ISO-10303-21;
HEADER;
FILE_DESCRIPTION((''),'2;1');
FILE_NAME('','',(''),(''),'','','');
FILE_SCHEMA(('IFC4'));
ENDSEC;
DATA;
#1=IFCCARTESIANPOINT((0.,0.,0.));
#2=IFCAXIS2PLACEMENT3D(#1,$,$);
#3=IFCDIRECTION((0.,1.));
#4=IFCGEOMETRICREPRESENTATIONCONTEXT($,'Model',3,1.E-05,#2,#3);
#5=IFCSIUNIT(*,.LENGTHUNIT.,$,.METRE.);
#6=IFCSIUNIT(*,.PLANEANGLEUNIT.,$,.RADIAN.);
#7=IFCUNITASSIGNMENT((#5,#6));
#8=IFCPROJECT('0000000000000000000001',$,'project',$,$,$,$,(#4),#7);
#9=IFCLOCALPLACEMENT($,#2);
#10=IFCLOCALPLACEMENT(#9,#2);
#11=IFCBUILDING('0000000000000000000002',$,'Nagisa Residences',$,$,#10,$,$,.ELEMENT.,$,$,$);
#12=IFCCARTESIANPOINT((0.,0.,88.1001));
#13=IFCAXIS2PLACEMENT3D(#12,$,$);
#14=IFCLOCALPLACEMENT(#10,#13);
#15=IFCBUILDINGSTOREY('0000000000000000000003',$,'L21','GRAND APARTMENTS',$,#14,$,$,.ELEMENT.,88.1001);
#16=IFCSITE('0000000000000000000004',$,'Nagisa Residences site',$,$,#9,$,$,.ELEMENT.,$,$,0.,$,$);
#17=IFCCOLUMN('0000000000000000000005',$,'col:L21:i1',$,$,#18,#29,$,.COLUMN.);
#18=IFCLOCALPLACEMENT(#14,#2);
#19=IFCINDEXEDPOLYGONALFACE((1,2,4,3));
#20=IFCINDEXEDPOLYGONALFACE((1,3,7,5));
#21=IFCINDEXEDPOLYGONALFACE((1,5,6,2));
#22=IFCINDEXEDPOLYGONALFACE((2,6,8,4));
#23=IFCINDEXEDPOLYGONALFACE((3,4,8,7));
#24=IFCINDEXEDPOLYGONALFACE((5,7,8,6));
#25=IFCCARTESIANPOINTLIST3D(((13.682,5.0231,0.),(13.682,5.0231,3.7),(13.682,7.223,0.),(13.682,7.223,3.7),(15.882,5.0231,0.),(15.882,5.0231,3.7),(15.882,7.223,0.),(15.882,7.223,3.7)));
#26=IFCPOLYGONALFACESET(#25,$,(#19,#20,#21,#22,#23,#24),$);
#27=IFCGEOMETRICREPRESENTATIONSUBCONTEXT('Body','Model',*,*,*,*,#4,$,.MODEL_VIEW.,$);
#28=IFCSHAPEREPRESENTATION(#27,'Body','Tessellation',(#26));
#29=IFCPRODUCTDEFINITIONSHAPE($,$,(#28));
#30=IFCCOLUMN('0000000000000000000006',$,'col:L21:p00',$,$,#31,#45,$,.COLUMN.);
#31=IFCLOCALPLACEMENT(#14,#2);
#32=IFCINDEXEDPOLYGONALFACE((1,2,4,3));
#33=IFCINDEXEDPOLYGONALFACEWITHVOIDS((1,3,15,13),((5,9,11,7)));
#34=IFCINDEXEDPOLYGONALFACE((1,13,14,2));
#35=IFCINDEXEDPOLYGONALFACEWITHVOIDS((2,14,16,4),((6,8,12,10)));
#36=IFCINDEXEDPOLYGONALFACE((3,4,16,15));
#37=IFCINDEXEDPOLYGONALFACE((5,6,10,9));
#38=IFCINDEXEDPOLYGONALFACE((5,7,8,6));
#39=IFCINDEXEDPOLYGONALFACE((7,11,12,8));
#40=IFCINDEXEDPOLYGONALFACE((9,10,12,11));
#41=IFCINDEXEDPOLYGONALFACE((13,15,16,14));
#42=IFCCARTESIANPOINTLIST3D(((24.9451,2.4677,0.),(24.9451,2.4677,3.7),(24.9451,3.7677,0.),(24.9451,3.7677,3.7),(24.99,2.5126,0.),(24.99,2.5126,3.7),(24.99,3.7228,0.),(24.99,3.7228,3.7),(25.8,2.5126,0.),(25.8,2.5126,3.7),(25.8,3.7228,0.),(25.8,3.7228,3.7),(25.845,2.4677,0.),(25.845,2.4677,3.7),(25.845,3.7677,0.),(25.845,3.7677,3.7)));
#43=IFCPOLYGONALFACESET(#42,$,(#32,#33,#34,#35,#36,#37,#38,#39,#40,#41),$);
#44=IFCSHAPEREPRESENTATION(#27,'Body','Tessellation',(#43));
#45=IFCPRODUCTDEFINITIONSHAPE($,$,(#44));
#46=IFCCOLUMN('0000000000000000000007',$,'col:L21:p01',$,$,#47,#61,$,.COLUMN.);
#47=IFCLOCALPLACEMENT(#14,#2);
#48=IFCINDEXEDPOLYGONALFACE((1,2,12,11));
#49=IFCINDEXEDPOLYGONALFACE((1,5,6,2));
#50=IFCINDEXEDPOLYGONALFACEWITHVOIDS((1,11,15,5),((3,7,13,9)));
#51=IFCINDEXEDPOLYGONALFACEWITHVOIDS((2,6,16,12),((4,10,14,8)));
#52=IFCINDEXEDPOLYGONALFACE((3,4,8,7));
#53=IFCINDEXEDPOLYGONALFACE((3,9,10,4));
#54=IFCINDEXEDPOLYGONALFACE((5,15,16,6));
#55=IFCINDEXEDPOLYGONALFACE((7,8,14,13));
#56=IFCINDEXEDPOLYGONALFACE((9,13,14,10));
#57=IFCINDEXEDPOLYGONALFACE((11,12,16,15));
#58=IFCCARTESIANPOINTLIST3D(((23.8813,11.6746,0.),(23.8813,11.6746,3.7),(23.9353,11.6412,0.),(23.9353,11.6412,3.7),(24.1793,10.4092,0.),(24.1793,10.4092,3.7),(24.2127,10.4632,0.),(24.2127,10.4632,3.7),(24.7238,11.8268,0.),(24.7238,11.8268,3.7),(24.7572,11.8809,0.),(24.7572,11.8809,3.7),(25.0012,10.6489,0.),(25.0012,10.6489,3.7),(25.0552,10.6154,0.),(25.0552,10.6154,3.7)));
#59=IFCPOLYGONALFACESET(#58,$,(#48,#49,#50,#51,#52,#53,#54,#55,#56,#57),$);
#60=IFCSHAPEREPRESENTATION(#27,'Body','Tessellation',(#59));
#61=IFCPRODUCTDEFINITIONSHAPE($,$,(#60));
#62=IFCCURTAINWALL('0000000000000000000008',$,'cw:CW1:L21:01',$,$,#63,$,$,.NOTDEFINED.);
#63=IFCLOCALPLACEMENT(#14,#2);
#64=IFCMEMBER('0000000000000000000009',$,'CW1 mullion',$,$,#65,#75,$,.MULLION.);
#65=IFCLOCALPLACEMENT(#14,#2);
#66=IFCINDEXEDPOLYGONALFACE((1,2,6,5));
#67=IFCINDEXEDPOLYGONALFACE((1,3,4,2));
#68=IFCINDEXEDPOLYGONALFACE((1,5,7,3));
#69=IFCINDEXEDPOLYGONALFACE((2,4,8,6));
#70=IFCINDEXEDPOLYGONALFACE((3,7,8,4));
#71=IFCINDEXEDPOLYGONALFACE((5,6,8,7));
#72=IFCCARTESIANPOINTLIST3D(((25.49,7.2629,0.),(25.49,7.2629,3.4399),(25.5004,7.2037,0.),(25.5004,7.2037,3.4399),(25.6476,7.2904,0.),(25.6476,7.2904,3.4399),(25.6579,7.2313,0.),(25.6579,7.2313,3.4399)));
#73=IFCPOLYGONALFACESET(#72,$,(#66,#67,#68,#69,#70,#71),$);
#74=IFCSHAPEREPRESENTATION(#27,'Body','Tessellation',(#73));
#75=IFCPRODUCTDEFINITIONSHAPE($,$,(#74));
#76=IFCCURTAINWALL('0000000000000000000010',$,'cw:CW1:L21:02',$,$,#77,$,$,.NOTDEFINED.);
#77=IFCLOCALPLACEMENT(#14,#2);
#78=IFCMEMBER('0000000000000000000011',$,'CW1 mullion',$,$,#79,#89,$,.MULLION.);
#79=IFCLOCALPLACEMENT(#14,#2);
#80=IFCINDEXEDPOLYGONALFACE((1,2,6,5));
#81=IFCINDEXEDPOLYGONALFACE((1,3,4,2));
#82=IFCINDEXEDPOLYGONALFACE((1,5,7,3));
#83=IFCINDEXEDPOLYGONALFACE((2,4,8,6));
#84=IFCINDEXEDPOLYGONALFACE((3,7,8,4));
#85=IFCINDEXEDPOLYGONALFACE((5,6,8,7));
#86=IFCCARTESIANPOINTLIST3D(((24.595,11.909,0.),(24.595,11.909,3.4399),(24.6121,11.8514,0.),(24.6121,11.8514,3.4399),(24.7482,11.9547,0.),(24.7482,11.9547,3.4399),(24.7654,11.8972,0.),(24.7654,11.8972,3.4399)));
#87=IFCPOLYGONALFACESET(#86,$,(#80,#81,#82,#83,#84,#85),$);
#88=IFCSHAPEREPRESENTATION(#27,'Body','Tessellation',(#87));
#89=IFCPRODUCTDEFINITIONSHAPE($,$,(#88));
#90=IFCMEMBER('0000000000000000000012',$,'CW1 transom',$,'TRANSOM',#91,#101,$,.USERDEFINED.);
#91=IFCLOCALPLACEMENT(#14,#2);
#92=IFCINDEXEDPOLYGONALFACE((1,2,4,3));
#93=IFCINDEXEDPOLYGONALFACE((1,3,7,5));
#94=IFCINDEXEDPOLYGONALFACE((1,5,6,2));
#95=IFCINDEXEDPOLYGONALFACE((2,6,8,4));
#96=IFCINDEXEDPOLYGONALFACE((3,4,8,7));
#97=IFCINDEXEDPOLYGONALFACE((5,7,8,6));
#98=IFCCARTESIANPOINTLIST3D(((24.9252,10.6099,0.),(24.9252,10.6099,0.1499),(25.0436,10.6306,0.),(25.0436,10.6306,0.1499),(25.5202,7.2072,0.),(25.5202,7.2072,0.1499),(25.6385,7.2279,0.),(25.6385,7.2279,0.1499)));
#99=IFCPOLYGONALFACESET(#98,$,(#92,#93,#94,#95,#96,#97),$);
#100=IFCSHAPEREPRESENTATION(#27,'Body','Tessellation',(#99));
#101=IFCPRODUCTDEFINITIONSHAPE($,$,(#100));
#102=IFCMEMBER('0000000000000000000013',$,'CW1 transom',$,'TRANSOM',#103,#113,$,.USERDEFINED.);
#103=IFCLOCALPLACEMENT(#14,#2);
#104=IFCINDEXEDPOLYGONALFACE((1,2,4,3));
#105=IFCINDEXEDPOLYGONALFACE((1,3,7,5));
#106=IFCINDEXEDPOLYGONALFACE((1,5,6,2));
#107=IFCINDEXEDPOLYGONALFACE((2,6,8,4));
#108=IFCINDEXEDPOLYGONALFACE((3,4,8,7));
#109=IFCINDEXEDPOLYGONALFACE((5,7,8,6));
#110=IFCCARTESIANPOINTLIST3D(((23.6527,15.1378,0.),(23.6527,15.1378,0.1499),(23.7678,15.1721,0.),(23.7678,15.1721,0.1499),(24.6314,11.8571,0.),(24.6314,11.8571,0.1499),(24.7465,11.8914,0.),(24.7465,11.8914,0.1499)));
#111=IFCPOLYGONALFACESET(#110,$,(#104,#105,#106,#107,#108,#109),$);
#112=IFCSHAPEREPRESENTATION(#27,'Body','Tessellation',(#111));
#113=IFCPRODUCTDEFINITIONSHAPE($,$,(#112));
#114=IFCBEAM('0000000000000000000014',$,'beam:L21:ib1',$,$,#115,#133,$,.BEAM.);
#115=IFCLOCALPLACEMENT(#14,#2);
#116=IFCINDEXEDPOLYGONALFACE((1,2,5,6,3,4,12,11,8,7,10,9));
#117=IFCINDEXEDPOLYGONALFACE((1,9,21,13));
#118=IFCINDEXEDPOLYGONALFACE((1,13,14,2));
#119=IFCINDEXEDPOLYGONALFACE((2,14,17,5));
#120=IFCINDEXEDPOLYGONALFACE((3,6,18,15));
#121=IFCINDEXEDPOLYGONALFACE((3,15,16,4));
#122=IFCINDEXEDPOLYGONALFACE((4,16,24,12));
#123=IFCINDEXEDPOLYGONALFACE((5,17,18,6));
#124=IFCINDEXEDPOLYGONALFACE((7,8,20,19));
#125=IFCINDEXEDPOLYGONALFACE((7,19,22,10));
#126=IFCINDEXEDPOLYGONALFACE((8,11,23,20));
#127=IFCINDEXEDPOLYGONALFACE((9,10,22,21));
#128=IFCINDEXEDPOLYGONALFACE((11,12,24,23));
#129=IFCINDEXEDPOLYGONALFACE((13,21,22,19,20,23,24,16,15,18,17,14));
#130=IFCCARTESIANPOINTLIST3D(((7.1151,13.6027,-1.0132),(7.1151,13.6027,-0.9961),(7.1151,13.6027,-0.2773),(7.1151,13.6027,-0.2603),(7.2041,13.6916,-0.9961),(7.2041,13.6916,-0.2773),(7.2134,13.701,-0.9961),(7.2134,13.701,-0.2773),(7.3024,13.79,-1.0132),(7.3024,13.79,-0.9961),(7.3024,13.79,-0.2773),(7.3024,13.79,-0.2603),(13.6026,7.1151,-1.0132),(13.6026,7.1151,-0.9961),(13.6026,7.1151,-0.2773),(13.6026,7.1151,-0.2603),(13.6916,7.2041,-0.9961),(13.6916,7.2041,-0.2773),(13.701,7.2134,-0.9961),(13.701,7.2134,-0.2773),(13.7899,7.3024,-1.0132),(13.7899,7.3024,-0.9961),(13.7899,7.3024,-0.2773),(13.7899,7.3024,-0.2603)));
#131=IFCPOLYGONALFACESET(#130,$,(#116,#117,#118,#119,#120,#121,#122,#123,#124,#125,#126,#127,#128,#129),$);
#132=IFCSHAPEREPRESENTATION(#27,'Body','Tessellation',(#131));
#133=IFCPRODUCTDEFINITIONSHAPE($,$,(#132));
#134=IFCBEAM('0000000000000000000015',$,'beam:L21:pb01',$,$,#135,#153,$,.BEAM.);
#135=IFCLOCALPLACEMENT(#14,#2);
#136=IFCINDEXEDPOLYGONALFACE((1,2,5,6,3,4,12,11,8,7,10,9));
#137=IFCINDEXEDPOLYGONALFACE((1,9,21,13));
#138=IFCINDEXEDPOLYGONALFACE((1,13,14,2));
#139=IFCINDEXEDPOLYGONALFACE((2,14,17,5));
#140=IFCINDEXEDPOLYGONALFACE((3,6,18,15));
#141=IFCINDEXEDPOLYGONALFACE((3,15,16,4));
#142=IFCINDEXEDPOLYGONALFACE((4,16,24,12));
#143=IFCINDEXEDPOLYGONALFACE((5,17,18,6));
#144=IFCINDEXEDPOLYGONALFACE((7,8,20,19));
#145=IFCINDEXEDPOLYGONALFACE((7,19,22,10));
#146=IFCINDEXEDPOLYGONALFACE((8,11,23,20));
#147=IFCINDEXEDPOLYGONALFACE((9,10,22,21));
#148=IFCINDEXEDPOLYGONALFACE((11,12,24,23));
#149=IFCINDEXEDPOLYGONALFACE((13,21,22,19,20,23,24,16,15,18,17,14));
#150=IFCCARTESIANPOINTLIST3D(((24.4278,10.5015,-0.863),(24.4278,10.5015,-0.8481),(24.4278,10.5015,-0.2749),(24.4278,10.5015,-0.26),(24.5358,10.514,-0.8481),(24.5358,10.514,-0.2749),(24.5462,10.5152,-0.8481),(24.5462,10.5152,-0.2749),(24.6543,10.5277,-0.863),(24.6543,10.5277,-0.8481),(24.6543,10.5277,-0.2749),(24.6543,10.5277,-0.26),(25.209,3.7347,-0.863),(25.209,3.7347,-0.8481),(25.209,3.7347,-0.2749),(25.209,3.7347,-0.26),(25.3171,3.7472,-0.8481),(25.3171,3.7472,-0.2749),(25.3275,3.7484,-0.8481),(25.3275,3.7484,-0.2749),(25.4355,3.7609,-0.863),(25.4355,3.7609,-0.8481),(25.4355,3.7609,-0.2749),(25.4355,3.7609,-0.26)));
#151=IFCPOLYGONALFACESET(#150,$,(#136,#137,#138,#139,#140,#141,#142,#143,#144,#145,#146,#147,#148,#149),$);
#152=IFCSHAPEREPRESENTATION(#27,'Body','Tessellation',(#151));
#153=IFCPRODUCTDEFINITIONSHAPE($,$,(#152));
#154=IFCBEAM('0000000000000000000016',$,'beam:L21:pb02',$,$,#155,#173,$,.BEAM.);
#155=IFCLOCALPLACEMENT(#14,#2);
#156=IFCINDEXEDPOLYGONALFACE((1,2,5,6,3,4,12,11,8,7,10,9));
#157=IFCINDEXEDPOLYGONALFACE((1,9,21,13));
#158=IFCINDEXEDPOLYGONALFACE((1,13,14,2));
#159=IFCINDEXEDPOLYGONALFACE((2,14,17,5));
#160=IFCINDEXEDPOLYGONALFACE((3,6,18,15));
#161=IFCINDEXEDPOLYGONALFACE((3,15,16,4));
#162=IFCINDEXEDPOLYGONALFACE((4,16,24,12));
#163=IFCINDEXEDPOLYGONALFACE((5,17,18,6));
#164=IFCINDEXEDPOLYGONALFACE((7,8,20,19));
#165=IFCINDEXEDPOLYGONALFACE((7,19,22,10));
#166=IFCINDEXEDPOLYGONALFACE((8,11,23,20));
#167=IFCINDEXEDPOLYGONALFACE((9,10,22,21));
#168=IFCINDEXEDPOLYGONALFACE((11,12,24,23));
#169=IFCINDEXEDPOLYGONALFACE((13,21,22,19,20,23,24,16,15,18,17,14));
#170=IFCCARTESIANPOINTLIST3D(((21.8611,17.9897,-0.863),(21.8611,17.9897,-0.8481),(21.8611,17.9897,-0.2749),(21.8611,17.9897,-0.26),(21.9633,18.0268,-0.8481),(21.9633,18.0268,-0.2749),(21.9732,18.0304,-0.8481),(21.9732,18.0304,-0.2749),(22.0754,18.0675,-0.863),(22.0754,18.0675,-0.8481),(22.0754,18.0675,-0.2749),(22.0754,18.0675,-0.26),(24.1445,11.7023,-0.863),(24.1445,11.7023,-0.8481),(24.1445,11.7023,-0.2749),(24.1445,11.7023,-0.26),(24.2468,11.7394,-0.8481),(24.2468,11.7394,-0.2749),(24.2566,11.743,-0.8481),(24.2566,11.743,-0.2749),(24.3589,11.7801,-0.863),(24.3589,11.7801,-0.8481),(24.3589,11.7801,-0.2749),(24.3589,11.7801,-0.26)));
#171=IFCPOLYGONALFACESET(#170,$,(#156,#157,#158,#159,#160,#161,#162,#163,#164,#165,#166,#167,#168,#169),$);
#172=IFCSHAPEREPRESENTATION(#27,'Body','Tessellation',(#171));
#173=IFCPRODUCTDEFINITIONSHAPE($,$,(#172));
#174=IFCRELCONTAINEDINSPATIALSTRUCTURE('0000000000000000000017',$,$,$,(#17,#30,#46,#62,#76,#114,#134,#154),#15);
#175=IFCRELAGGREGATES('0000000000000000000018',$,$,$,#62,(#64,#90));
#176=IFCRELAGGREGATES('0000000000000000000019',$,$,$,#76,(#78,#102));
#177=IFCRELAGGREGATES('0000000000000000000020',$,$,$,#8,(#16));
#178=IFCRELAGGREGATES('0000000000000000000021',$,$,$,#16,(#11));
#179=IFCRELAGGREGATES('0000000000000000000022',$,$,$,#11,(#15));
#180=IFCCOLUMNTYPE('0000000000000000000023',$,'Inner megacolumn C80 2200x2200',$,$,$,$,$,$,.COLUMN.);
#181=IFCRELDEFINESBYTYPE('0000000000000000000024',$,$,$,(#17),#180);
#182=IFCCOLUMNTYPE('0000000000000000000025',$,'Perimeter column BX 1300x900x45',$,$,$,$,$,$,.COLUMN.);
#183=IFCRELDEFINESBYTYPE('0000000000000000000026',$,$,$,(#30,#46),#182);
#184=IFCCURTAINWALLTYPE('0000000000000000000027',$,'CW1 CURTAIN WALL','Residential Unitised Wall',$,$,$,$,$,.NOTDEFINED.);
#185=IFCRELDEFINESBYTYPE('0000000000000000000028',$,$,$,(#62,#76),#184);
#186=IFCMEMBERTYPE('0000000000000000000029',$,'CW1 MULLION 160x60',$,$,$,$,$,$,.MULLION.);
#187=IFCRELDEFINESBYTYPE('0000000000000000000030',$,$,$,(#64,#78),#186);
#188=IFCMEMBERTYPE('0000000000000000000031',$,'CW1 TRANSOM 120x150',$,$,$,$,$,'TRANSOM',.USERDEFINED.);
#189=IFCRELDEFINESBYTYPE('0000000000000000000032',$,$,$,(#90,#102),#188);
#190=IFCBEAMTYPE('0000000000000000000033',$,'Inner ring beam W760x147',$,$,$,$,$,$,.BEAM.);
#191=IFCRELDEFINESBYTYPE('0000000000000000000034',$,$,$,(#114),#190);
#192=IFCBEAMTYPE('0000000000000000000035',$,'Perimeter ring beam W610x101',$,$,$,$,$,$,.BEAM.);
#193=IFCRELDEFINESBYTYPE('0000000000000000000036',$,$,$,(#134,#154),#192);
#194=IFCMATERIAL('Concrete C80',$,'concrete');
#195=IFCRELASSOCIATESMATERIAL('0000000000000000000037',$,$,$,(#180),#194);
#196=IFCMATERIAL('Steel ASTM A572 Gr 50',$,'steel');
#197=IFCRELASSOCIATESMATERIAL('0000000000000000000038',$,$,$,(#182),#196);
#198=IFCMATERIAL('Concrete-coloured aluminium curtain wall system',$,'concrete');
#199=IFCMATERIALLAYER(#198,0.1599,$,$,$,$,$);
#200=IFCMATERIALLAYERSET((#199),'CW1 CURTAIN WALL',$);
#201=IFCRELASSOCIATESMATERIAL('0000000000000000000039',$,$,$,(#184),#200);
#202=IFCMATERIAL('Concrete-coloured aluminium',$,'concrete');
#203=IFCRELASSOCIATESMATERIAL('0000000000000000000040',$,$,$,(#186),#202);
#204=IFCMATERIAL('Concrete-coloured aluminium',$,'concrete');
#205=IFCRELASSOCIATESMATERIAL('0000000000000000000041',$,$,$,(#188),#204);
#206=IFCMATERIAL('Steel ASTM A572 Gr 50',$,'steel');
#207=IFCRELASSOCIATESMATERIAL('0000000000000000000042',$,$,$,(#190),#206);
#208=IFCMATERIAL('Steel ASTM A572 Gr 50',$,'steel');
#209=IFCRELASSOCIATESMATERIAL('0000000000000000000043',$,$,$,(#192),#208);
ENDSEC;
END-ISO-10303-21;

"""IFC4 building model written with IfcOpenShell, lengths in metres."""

from ifc_helpers import new_model, si_unit, direction, frame, origin, origin_2d, place, context, subcontext, project, spatial, rectangle, hollow_rectangle, i_section, extrude, material, layer, layer_set, material_profile, profile_set, type_object, element, aggregate, save


model = new_model("IFC4")

# Units and contexts
model_context = context("Model", 3, precision=1e-05, world=origin(), true_north=direction((0.0, 1.0)))
body_context = subcontext(model_context, "Body", "Model", "MODEL_VIEW")
ifc_project = project(units=[si_unit("LENGTHUNIT", "METRE"), si_unit("PLANEANGLEUNIT", "RADIAN")], contexts=[model_context])

# Site, building, storey
site_placement = place(None, origin())
site = spatial("IfcSite", under=ifc_project, at=site_placement, Name="Nagisa Residences site", CompositionType="ELEMENT", RefElevation=0.0)
building_placement = place(site_placement, origin())
building = spatial("IfcBuilding", under=site, at=building_placement, Name="Nagisa Residences", CompositionType="ELEMENT")
storey_placement = place(building_placement, frame((0.0, 0.0, 88.1001)))
storey = spatial("IfcBuildingStorey", under=building, at=storey_placement, Name="L21", Description="GRAND APARTMENTS", CompositionType="ELEMENT", Elevation=88.1001)

# Columns
ifc_material_1 = material(Name="Concrete C80", Category="concrete")
ifc_material_profile_1 = material_profile(ifc_material_1, rectangle(XDim=2.2, YDim=2.2, at=origin_2d()), Name="C80 2200x2200")
ifc_profile_set_1 = profile_set([ifc_material_profile_1], Name="Concrete C80")
column_type_1 = type_object("IfcColumnType", Name="Inner megacolumn C80 2200x2200", PredefinedType="COLUMN", material=ifc_profile_set_1)
column_placement = place(storey_placement, frame((14.782, 6.123, 0.0), z_axis=(0.0, 0.0, 1.0), x_axis=(1.0, 0.0, 0.0)))
element("IfcColumn", 1, at=column_placement, inside=storey, type_object=column_type_1, Name="col:L21:i1", PredefinedType="COLUMN", context=body_context, shape_type="SweptSolid", body=[
    extrude(rectangle(XDim=2.2, YDim=2.2, at=origin_2d()), origin(), (0.0, 0.0, 1.0), 3.7),
])
ifc_material_2 = material(Name="Steel ASTM A572 Gr 50", Category="steel")
ifc_material_profile_2 = material_profile(ifc_material_2, hollow_rectangle(XDim=1.3, YDim=0.8999, WallThickness=0.0449, at=origin_2d()), Name="BX 1300x900x45")
ifc_profile_set_2 = profile_set([ifc_material_profile_2], Name="Steel ASTM A572 Gr 50")
column_type_2 = type_object("IfcColumnType", Name="Perimeter column BX 1300x900x45", PredefinedType="COLUMN", material=ifc_profile_set_2)
for number, where, z_axis, x_axis, name in (
    (2, (25.395, 3.1177, 0.0), (0.0, 0.0, 1.0), (0.0, 1.0, 0.0), "col:L21:p00"),
    (3, (24.4683, 11.145, 0.0), (0.0, 0.0, 1.0), (-0.229202, 0.973379, 0.0), "col:L21:p01"),
):
    element("IfcColumn", number, at=place(storey_placement, frame(where, z_axis=z_axis, x_axis=x_axis)), inside=storey, type_object=column_type_2, Name=name, PredefinedType="COLUMN", context=body_context, shape_type="SweptSolid", body=[
        extrude(hollow_rectangle(XDim=1.3, YDim=0.8999, WallThickness=0.0449, at=origin_2d()), origin(), (0.0, 0.0, 1.0), 3.7),
    ])

# Curtain walls, members
ifc_material_3 = material(Name="Concrete-coloured aluminium curtain wall system", Category="concrete")
ifc_layer_1 = layer(ifc_material_3, 0.1599)
ifc_layer_set_1 = layer_set([ifc_layer_1], Name="CW1 CURTAIN WALL")
curtain_wall_type = type_object("IfcCurtainWallType", Name="CW1 CURTAIN WALL", Description="Residential Unitised Wall", PredefinedType="NOTDEFINED", material=ifc_layer_set_1)
curtain_wall_1_placement = place(storey_placement, origin())
curtain_wall_1 = element("IfcCurtainWall", 4, at=curtain_wall_1_placement, inside=storey, type_object=curtain_wall_type, Name="cw:CW1:L21:01", PredefinedType="NOTDEFINED")
ifc_material_4 = material(Name="Concrete-coloured aluminium", Category="concrete")
ifc_material_profile_3 = material_profile(ifc_material_4, rectangle(XDim=0.1599, YDim=0.0601, at=origin_2d()), Name="CW1 MULLION 160x60")
ifc_profile_set_3 = profile_set([ifc_material_profile_3], Name="Concrete-coloured aluminium")
member_type_1 = type_object("IfcMemberType", Name="CW1 MULLION 160x60", PredefinedType="MULLION", material=ifc_profile_set_3)
member_1_placement = place(storey_placement, frame((25.574, 7.2471, 0.0), z_axis=(0.0, 0.0, 1.0), x_axis=(-0.985064, -0.172191, 0.0)))
member_1 = element("IfcMember", 5, at=member_1_placement, type_object=member_type_1, Name="CW1 mullion", PredefinedType="MULLION", context=body_context, shape_type="SweptSolid", body=[
    extrude(rectangle(XDim=0.1599, YDim=0.0601, at=origin_2d()), origin(), (0.0, 0.0, 1.0), 3.4399),
])
curtain_wall_2_placement = place(storey_placement, origin())
curtain_wall_2 = element("IfcCurtainWall", 6, at=curtain_wall_2_placement, inside=storey, type_object=curtain_wall_type, Name="cw:CW1:L21:02", PredefinedType="NOTDEFINED")
member_2_placement = place(storey_placement, frame((24.6802, 11.9031, 0.0), z_axis=(0.0, 0.0, 1.0), x_axis=(-0.958271, -0.28586, 0.0)))
member_2 = element("IfcMember", 7, at=member_2_placement, type_object=member_type_1, Name="CW1 mullion", PredefinedType="MULLION", context=body_context, shape_type="SweptSolid", body=[
    extrude(rectangle(XDim=0.1599, YDim=0.0601, at=origin_2d()), origin(), (0.0, 0.0, 1.0), 3.4399),
])

# Members
ifc_material_5 = material(Name="Concrete-coloured aluminium", Category="concrete")
ifc_material_profile_4 = material_profile(ifc_material_5, rectangle(XDim=0.1201, YDim=0.1499, at=origin_2d()), Name="CW1 TRANSOM 120x150")
ifc_profile_set_4 = profile_set([ifc_material_profile_4], Name="Concrete-coloured aluminium")
member_type_2 = type_object("IfcMemberType", Name="CW1 TRANSOM 120x150", ElementType="TRANSOM", PredefinedType="USERDEFINED", material=ifc_profile_set_4)
member_3_placement = place(storey_placement, frame((25.5793, 7.2175, 0.075), z_axis=(-0.172233, 0.985056, 0.0), x_axis=(-0.985056, -0.172233, 0.0)))
member_3 = element("IfcMember", 8, at=member_3_placement, type_object=member_type_2, Name="CW1 transom", ObjectType="TRANSOM", PredefinedType="USERDEFINED", context=body_context, shape_type="SweptSolid", body=[
    extrude(rectangle(XDim=0.1201, YDim=0.1499, at=origin_2d()), origin(), (0.0, 0.0, 1.0), 3.4543),
])
member_4_placement = place(storey_placement, frame((24.689, 11.8743, 0.075), z_axis=(-0.285882, 0.958265, 0.0), x_axis=(-0.958265, -0.285882, 0.0)))
member_4 = element("IfcMember", 9, at=member_4_placement, type_object=member_type_2, Name="CW1 transom", ObjectType="TRANSOM", PredefinedType="USERDEFINED", context=body_context, shape_type="SweptSolid", body=[
    extrude(rectangle(XDim=0.1201, YDim=0.1499, at=origin_2d()), origin(), (0.0, 0.0, 1.0), 3.4236),
])

# Beams
ifc_material_6 = material(Name="Steel ASTM A572 Gr 50", Category="steel")
ifc_material_profile_5 = material_profile(ifc_material_6, i_section(OverallWidth=0.2649, OverallDepth=0.7529, WebThickness=0.0132, FlangeThickness=0.0171, at=origin_2d()), Name="W760x147")
ifc_profile_set_5 = profile_set([ifc_material_profile_5], Name="Steel ASTM A572 Gr 50")
beam_type_1 = type_object("IfcBeamType", Name="Inner ring beam W760x147", PredefinedType="BEAM", material=ifc_profile_set_5)
beam_1_placement = place(storey_placement, frame((13.6963, 7.2087, -0.6367), z_axis=(-0.707107, 0.707107, 0.0), x_axis=(-0.707107, -0.707107, 0.0)))
element("IfcBeam", 10, at=beam_1_placement, inside=storey, type_object=beam_type_1, Name="beam:L21:ib1", PredefinedType="BEAM", context=body_context, shape_type="SweptSolid", body=[
    extrude(i_section(OverallWidth=0.2649, OverallDepth=0.7529, WebThickness=0.0132, FlangeThickness=0.0171, at=origin_2d()), origin(), (0.0, 0.0, 1.0), 9.1748),
])
ifc_material_7 = material(Name="Steel ASTM A572 Gr 50", Category="steel")
ifc_material_profile_6 = material_profile(ifc_material_7, i_section(OverallWidth=0.228, OverallDepth=0.603, WebThickness=0.0105, FlangeThickness=0.0149, at=origin_2d()), Name="W610x101")
ifc_profile_set_6 = profile_set([ifc_material_profile_6], Name="Steel ASTM A572 Gr 50")
beam_type_2 = type_object("IfcBeamType", Name="Perimeter ring beam W610x101", PredefinedType="BEAM", material=ifc_profile_set_6)
beam_2_placement = place(storey_placement, frame((25.3223, 3.7478, -0.5615), z_axis=(-0.114691, 0.993401, 0.0), x_axis=(-0.993401, -0.114691, 0.0)))
element("IfcBeam", 11, at=beam_2_placement, inside=storey, type_object=beam_type_2, Name="beam:L21:pb01", PredefinedType="BEAM", context=body_context, shape_type="SweptSolid", body=[
    extrude(i_section(OverallWidth=0.228, OverallDepth=0.603, WebThickness=0.0105, FlangeThickness=0.0149, at=origin_2d()), origin(), (0.0, 0.0, 1.0), 6.8118),
])
beam_3_placement = place(storey_placement, frame((24.2517, 11.7412, -0.5615), z_axis=(-0.341365, 0.939931, 0.0), x_axis=(-0.939931, -0.341365, 0.0)))
element("IfcBeam", 12, at=beam_3_placement, inside=storey, type_object=beam_type_2, Name="beam:L21:pb02", PredefinedType="BEAM", context=body_context, shape_type="SweptSolid", body=[
    extrude(i_section(OverallWidth=0.228, OverallDepth=0.603, WebThickness=0.0105, FlangeThickness=0.0149, at=origin_2d()), origin(), (0.0, 0.0, 1.0), 6.6892),
])

aggregate(curtain_wall_1, [member_1, member_3])
aggregate(curtain_wall_2, [member_2, member_4])

save(model, "model.ifc")
